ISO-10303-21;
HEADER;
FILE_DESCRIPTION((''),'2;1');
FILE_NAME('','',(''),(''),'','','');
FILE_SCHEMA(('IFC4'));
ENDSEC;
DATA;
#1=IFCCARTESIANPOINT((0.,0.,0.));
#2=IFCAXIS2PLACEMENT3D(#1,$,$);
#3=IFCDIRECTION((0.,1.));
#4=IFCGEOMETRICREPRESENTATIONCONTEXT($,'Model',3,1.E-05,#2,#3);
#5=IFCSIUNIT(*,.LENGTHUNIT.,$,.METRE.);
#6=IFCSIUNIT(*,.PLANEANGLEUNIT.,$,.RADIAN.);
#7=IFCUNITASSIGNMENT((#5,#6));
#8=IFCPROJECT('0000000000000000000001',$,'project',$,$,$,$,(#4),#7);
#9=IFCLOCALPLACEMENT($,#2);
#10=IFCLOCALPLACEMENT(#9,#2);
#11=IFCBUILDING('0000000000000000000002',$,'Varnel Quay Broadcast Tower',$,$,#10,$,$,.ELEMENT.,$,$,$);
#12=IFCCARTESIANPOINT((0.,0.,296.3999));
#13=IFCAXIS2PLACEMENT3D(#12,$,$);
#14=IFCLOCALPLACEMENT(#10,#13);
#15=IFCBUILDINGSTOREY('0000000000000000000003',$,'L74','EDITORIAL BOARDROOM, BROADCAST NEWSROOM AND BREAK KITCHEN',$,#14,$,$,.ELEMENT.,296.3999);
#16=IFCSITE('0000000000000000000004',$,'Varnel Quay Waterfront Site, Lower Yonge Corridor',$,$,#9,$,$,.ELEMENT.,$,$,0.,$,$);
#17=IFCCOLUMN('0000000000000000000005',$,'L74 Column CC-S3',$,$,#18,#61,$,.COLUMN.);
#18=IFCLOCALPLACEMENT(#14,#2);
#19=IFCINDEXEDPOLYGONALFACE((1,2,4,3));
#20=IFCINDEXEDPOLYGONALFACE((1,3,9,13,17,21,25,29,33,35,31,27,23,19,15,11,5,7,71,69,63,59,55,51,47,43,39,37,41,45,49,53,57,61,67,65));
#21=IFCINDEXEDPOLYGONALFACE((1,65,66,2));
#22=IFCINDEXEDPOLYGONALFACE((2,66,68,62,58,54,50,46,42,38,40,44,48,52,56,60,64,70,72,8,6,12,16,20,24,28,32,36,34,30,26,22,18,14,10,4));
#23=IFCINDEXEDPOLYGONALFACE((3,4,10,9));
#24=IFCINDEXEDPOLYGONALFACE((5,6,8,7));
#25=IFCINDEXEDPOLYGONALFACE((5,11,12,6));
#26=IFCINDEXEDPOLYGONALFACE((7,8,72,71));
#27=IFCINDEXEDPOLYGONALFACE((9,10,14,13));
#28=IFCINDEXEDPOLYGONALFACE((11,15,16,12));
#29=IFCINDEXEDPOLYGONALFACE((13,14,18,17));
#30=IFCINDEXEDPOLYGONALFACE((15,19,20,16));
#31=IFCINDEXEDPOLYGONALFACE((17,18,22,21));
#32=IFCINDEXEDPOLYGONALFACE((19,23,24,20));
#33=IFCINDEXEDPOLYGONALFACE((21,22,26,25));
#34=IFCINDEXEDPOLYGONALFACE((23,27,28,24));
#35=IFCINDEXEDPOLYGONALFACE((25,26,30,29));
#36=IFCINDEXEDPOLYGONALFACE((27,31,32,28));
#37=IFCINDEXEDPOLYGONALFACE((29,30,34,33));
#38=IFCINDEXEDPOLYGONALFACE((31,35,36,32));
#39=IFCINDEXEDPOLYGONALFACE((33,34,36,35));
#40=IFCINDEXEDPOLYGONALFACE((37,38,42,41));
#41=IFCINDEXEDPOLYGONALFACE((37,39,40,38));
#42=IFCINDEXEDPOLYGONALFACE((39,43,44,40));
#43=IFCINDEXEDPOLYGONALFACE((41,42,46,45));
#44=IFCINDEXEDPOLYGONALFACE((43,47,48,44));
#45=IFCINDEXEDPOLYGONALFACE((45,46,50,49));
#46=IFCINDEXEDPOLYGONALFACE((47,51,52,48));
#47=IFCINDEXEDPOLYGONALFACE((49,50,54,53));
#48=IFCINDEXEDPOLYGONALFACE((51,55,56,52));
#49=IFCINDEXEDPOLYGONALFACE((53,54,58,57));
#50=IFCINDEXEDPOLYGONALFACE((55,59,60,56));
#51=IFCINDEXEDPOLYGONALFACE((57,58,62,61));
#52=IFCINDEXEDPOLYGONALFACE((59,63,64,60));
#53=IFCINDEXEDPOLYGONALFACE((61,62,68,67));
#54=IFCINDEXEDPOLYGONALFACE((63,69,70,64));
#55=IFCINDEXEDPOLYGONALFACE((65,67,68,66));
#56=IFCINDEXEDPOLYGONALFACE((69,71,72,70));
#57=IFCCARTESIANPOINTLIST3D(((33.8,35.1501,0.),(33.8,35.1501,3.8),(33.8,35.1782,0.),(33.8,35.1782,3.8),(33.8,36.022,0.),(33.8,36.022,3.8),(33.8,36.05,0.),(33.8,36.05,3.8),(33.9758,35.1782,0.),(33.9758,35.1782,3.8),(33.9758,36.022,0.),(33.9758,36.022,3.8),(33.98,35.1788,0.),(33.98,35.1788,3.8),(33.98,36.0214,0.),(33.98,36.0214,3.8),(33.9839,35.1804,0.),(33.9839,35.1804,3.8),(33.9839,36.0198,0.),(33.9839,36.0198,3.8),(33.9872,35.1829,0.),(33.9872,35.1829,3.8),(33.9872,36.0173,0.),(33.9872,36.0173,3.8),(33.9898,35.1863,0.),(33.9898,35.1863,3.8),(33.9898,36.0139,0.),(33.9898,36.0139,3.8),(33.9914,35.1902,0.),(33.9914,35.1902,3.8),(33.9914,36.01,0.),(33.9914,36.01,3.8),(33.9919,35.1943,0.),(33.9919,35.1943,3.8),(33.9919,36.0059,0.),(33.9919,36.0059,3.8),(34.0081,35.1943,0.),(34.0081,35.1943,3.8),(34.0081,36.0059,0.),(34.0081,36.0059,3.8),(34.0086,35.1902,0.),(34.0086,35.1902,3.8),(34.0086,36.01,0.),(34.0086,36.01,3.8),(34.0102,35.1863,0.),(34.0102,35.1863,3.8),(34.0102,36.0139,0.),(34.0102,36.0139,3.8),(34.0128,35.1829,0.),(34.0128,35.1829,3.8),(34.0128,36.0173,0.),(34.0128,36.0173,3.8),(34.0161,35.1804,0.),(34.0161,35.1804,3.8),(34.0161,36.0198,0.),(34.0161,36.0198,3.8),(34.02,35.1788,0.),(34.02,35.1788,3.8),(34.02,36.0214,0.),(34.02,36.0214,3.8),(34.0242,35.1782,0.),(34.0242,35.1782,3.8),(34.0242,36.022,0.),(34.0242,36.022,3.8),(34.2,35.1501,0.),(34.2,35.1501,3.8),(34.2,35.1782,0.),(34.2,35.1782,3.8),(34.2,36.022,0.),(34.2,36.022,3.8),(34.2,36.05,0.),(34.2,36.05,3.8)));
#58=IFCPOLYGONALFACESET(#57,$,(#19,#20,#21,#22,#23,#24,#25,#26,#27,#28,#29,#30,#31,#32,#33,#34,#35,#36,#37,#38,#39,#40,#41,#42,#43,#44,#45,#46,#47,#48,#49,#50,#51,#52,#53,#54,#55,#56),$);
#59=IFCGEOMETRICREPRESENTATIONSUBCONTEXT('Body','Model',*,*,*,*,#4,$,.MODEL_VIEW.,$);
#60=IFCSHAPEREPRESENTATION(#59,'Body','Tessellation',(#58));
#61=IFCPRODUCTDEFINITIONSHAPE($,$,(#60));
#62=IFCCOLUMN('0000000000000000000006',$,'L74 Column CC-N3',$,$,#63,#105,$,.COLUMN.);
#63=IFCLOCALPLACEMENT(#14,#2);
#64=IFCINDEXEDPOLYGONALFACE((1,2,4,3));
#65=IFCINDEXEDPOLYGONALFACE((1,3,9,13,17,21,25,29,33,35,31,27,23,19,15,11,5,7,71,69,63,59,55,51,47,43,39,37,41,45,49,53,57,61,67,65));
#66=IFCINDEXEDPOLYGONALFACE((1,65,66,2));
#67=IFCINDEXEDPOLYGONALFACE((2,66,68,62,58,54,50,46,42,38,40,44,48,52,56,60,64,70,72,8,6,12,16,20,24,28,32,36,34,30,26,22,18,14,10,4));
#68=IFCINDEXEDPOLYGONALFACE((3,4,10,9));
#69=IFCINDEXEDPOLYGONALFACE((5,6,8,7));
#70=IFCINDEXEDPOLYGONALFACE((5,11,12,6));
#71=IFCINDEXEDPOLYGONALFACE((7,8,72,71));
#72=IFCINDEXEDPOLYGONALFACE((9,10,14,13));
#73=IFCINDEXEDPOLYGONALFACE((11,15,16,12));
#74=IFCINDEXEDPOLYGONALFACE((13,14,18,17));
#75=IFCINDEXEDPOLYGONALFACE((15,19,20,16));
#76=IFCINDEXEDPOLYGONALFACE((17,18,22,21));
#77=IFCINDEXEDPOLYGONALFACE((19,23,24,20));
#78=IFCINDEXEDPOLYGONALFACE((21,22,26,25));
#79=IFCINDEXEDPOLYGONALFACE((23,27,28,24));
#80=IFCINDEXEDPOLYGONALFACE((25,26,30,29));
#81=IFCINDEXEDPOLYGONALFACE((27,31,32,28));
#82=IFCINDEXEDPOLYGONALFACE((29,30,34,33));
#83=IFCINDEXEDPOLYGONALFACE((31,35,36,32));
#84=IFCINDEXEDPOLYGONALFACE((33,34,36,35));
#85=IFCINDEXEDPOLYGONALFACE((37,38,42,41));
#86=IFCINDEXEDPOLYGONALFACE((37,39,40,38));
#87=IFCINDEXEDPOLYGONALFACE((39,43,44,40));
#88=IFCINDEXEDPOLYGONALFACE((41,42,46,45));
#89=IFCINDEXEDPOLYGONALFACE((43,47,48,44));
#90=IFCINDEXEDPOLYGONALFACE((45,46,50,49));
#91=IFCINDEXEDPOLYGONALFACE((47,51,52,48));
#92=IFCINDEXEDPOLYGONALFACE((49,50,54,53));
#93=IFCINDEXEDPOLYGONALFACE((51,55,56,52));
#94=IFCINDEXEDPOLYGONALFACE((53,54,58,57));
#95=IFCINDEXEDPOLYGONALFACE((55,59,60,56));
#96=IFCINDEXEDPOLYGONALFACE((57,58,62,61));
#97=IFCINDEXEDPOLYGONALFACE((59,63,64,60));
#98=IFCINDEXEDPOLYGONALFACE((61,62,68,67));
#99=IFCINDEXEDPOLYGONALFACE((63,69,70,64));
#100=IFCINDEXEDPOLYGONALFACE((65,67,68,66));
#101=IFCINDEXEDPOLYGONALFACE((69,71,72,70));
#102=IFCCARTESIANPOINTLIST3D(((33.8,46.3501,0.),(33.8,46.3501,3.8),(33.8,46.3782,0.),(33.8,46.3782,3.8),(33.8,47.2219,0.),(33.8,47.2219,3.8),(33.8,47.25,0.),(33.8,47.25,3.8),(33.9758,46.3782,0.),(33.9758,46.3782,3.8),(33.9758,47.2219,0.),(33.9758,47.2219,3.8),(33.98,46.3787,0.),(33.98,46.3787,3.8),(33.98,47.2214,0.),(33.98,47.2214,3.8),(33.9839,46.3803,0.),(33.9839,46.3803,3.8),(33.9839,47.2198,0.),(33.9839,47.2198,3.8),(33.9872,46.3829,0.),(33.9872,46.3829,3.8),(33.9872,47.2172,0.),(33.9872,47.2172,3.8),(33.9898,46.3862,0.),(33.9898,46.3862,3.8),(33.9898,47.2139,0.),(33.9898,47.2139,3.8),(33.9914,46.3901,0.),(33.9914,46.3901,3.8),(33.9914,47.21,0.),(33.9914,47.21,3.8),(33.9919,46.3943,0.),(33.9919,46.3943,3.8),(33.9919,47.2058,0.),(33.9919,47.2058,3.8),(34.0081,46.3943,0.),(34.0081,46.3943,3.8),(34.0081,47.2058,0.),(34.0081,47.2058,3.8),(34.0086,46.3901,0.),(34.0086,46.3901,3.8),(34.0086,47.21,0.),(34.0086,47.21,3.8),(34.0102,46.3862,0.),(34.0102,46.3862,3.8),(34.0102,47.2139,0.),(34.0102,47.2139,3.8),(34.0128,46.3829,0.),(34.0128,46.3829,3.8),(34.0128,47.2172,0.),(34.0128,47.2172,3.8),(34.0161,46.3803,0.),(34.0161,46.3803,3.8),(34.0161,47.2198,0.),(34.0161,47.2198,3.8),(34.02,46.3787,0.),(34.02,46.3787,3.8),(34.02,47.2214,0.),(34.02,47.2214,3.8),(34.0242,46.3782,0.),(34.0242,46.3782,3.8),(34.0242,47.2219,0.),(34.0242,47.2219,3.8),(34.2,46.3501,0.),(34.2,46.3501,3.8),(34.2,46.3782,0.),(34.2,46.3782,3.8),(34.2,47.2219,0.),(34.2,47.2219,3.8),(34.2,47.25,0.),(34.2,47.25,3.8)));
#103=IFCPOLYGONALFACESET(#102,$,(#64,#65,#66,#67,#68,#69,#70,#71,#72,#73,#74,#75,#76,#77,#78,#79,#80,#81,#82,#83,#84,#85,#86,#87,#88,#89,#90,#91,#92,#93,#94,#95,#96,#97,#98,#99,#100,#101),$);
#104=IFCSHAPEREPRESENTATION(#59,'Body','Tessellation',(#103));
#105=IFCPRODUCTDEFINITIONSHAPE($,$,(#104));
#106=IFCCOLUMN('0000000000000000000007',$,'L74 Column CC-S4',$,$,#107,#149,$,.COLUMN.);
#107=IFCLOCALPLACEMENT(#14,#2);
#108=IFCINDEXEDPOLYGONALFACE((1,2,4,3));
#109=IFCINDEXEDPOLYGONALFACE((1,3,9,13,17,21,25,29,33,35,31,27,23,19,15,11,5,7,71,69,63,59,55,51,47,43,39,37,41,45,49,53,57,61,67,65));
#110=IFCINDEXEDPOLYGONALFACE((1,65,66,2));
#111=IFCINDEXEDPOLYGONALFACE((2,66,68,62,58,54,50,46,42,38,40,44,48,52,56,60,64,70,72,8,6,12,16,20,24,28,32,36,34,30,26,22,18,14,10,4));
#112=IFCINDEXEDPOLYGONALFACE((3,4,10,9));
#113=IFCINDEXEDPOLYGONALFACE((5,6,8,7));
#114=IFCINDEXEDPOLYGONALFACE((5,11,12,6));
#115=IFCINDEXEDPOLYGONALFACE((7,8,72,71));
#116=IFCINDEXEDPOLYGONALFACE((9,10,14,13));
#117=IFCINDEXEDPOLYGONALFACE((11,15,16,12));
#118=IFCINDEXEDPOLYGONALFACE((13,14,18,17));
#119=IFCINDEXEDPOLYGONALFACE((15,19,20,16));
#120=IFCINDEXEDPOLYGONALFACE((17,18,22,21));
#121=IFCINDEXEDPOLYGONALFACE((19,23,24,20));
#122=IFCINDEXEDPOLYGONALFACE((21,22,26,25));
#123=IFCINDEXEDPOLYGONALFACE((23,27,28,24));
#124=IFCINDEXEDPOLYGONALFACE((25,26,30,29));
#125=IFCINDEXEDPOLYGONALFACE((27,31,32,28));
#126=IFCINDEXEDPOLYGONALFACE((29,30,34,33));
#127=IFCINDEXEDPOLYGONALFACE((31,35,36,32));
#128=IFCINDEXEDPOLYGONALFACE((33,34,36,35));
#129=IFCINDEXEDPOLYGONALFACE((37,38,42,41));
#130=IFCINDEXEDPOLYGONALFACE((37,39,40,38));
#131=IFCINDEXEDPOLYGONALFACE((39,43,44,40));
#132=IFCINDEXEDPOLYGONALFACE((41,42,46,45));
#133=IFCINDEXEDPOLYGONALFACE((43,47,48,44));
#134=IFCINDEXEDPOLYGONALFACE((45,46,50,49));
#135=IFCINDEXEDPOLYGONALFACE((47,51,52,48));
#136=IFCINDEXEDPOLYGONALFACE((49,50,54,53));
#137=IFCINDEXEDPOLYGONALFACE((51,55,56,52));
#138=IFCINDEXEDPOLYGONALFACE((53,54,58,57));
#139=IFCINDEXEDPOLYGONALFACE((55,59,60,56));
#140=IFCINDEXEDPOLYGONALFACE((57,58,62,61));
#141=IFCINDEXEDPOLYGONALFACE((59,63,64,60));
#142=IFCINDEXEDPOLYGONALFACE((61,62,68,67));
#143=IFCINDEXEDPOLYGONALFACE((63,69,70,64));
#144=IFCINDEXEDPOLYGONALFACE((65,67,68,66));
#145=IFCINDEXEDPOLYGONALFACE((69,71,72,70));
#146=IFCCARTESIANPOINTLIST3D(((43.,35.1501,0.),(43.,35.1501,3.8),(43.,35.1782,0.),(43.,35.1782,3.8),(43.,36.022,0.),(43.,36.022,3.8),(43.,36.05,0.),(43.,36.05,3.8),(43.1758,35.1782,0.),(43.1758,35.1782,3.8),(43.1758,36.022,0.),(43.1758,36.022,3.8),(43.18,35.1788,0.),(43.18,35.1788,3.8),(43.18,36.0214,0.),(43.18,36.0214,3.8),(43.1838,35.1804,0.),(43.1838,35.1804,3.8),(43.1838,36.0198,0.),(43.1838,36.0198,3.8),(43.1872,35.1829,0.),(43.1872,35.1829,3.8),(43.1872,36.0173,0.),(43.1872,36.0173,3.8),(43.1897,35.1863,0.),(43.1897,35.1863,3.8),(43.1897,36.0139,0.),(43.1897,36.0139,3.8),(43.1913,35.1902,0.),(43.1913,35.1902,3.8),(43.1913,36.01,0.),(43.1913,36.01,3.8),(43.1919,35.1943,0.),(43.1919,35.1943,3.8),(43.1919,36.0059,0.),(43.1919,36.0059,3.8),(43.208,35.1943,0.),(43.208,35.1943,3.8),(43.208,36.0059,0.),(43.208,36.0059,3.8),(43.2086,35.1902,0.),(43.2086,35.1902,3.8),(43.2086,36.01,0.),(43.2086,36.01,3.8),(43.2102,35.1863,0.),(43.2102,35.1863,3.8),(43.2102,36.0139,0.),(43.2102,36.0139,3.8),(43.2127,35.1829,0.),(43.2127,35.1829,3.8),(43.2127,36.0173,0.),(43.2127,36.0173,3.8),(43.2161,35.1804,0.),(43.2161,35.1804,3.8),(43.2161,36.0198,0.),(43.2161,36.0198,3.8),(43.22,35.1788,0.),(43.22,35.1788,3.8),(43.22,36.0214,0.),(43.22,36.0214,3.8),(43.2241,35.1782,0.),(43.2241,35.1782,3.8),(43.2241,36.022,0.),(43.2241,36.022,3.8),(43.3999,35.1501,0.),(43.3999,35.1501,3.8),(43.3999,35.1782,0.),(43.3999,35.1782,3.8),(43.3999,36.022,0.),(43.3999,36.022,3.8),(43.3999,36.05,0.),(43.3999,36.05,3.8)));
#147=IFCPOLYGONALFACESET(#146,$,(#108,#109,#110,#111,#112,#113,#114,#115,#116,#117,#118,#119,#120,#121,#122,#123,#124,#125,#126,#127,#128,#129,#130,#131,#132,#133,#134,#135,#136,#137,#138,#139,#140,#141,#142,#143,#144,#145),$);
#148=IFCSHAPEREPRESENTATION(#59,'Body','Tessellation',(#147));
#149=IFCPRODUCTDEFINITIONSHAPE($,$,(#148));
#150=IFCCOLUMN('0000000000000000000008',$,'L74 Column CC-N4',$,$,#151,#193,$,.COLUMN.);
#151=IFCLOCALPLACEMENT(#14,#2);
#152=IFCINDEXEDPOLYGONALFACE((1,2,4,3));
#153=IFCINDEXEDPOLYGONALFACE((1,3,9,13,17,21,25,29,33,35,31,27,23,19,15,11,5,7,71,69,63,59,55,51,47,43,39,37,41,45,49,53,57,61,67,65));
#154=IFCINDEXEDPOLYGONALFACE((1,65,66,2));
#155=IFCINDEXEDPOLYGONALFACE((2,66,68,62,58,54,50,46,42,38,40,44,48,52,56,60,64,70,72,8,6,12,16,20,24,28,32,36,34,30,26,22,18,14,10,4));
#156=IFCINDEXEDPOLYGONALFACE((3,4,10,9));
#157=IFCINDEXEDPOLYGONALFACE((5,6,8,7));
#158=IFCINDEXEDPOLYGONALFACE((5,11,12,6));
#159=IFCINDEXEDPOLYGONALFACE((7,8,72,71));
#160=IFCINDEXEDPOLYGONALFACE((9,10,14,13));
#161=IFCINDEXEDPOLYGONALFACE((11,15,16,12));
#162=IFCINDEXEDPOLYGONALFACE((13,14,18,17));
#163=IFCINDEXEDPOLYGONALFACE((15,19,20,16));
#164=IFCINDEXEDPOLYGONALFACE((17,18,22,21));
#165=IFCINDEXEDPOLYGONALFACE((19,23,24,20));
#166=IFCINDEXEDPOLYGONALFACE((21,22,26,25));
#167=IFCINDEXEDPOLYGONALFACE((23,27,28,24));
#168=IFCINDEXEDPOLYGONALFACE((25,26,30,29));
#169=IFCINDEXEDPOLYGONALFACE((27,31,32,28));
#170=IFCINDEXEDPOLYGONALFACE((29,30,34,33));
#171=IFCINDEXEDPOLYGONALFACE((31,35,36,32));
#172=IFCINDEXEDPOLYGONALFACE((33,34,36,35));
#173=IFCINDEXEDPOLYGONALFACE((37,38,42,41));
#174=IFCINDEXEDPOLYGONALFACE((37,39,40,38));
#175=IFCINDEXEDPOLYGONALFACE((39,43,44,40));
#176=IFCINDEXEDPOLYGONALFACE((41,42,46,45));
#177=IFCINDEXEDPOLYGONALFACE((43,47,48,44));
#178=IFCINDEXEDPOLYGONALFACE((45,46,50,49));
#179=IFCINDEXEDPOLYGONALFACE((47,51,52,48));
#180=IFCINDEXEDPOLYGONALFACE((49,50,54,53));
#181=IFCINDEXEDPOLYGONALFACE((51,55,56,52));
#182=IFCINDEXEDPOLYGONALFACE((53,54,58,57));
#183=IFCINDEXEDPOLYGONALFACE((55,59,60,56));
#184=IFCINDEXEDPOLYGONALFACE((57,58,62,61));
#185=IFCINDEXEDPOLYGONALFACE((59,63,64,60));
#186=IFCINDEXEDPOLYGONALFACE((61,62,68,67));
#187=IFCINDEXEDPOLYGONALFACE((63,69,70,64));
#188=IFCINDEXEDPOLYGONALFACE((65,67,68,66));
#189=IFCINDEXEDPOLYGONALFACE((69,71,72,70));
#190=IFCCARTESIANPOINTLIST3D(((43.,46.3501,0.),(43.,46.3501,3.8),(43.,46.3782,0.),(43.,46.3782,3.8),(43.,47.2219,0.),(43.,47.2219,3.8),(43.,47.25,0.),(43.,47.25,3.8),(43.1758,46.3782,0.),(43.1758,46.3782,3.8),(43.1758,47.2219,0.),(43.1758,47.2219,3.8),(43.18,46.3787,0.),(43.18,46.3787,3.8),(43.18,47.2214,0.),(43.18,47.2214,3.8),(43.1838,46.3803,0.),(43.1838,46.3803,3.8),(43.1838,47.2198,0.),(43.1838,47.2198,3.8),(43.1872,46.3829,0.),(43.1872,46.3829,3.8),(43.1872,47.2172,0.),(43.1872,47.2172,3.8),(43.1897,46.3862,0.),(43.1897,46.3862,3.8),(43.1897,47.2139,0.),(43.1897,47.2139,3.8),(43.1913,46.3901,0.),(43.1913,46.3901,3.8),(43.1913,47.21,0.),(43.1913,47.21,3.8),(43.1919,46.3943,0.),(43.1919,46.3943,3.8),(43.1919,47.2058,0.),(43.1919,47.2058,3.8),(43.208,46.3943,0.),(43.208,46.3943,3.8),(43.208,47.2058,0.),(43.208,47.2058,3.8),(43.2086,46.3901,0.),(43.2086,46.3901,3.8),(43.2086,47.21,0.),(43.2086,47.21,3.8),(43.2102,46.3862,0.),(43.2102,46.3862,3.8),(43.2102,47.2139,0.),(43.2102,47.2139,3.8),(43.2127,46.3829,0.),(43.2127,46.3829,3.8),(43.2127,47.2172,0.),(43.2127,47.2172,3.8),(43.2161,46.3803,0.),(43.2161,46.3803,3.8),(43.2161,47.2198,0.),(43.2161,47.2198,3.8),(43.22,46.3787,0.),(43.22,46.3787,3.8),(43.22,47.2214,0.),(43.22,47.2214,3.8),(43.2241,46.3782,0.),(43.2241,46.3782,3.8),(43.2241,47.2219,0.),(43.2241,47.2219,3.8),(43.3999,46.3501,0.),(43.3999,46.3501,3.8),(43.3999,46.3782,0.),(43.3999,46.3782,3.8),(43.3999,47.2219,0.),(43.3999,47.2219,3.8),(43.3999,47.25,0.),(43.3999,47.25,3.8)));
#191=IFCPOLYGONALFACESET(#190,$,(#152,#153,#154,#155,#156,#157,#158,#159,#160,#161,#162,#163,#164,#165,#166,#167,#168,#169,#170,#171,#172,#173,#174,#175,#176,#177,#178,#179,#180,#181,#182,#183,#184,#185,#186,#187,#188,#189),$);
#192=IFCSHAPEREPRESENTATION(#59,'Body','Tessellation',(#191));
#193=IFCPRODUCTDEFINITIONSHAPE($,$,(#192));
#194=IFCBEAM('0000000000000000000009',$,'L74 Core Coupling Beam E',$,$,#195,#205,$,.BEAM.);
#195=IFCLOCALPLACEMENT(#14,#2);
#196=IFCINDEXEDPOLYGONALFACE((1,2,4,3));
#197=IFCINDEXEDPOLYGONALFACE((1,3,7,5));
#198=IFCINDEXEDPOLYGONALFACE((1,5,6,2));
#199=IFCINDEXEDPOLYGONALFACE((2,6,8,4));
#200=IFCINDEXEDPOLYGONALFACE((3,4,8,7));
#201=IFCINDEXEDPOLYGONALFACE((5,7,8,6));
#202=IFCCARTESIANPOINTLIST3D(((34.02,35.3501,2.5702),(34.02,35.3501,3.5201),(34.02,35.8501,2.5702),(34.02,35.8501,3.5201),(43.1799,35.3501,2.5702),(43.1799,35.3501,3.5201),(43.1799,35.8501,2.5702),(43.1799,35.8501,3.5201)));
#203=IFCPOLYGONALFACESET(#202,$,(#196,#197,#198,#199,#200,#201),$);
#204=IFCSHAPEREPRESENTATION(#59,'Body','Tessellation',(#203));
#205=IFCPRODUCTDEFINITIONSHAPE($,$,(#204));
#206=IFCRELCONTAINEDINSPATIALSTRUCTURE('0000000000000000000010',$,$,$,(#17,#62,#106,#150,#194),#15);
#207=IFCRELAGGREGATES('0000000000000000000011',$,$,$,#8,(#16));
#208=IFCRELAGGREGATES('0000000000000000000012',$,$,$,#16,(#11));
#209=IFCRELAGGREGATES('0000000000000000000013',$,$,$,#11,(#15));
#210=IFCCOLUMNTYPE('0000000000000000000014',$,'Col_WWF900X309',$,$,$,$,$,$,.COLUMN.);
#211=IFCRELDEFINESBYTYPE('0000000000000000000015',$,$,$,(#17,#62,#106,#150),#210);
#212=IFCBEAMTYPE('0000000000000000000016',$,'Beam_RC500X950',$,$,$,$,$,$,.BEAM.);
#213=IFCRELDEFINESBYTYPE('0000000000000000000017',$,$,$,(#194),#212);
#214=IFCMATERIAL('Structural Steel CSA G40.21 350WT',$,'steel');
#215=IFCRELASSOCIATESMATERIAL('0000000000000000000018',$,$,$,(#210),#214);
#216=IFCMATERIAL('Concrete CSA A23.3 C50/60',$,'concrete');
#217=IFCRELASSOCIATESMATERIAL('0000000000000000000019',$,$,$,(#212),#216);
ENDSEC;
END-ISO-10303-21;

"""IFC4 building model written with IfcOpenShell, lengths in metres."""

from ifc_helpers import new_model, si_unit, direction, frame, origin, origin_2d, place, context, subcontext, project, spatial, rectangle, i_section, extrude, source, transform, mapped, material, material_profile, profile_set, type_object, type_shapes, element, save


model = new_model("IFC4")

# Units and contexts
model_context = context("Model", 3, precision=1e-05, world=origin(), true_north=direction((0.0, 1.0)))
body_context = subcontext(model_context, "Body", "Model", "MODEL_VIEW")
ifc_project = project(units=[si_unit("LENGTHUNIT", "METRE"), si_unit("PLANEANGLEUNIT", "RADIAN")], contexts=[model_context])

# Site, building, storey
site_placement = place(None, origin())
site = spatial("IfcSite", under=ifc_project, at=site_placement, Name="Varnel Quay Waterfront Site, Lower Yonge Corridor", CompositionType="ELEMENT", RefElevation=0.0)
building_placement = place(site_placement, origin())
building = spatial("IfcBuilding", under=site, at=building_placement, Name="Varnel Quay Broadcast Tower", CompositionType="ELEMENT")
storey_placement = place(building_placement, frame((0.0, 0.0, 296.3999)))
storey = spatial("IfcBuildingStorey", under=building, at=storey_placement, Name="L74", Description="EDITORIAL BOARDROOM, BROADCAST NEWSROOM AND BREAK KITCHEN", CompositionType="ELEMENT", Elevation=296.3999)

# Columns
ifc_material_1 = material(Name="Structural Steel CSA G40.21 350WT", Category="steel")
ifc_material_profile_1 = material_profile(ifc_material_1, i_section(OverallWidth=0.3999, OverallDepth=0.8999, WebThickness=0.0161, FlangeThickness=0.0281, FilletRadius=0.0161, at=origin_2d()), Name="WWF900X309")
ifc_profile_set_1 = profile_set([ifc_material_profile_1], Name="Structural Steel CSA G40.21 350WT")
column_type = type_object("IfcColumnType", Name="Col_WWF900X309", PredefinedType="COLUMN", material=ifc_profile_set_1)
shared_shape_1 = source(origin(), body_context, "Body", "SweptSolid", [
    extrude(i_section(OverallWidth=0.3999, OverallDepth=0.8999, WebThickness=0.0161, FlangeThickness=0.0281, FilletRadius=0.0161, at=origin_2d()), origin(), (0.0, 0.0, 1.0), 3.8),
])
type_shapes(column_type, [shared_shape_1])
for number, where, z_axis, x_axis, name in (
    (1, (34.0, 35.6001, 0.0), (0.0, 0.0, 1.0), (1.0, 0.0, 0.0), "L74 Column CC-S3"),
    (2, (34.0, 46.8, 0.0), (0.0, 0.0, 1.0), (1.0, 0.0, 0.0), "L74 Column CC-N3"),
    (3, (43.2, 35.6001, 0.0), (0.0, 0.0, 1.0), (1.0, 0.0, 0.0), "L74 Column CC-S4"),
    (4, (43.2, 46.8, 0.0), (0.0, 0.0, 1.0), (1.0, 0.0, 0.0), "L74 Column CC-N4"),
):
    element("IfcColumn", number, at=place(storey_placement, frame(where, z_axis=z_axis, x_axis=x_axis)), inside=storey, type_object=column_type, Name=name, PredefinedType="COLUMN", context=body_context, shape_type="MappedRepresentation", body=[
        mapped(shared_shape_1, transform((0.0, 0.0, 0.0), x_axis=(1.0, 0.0, 0.0), y_axis=(0.0, 1.0, 0.0), z_axis=(0.0, 0.0, 1.0), scale=1.0)),
    ])

# Beam
ifc_material_2 = material(Name="Concrete CSA A23.3 C50/60", Category="concrete")
ifc_material_profile_2 = material_profile(ifc_material_2, rectangle(XDim=0.5, YDim=0.95, at=origin_2d()), Name="RC500X950")
ifc_profile_set_2 = profile_set([ifc_material_profile_2], Name="Concrete CSA A23.3 C50/60")
beam_type_1 = type_object("IfcBeamType", Name="Beam_RC500X950", PredefinedType="BEAM", material=ifc_profile_set_2)
shared_shape_2 = source(origin(), body_context, "Body", "SweptSolid", [
    extrude(rectangle(XDim=0.5, YDim=0.95, at=origin_2d()), origin(), (0.0, 0.0, 1.0), 9.1599),
])
type_shapes(beam_type_1, [shared_shape_2])
beam_1_placement = place(storey_placement, frame((34.02, 35.6001, 3.0452), z_axis=(1.0, 0.0, 0.0), x_axis=(0.0, 1.0, 0.0)))
element("IfcBeam", 5, at=beam_1_placement, inside=storey, type_object=beam_type_1, Name="L74 Core Coupling Beam E", PredefinedType="BEAM", context=body_context, shape_type="MappedRepresentation", body=[
    mapped(shared_shape_2, transform((0.0, 0.0, 0.0), x_axis=(1.0, 0.0, 0.0), y_axis=(0.0, 1.0, 0.0), z_axis=(0.0, 0.0, 1.0), scale=1.0)),
])

save(model, "model.ifc")
